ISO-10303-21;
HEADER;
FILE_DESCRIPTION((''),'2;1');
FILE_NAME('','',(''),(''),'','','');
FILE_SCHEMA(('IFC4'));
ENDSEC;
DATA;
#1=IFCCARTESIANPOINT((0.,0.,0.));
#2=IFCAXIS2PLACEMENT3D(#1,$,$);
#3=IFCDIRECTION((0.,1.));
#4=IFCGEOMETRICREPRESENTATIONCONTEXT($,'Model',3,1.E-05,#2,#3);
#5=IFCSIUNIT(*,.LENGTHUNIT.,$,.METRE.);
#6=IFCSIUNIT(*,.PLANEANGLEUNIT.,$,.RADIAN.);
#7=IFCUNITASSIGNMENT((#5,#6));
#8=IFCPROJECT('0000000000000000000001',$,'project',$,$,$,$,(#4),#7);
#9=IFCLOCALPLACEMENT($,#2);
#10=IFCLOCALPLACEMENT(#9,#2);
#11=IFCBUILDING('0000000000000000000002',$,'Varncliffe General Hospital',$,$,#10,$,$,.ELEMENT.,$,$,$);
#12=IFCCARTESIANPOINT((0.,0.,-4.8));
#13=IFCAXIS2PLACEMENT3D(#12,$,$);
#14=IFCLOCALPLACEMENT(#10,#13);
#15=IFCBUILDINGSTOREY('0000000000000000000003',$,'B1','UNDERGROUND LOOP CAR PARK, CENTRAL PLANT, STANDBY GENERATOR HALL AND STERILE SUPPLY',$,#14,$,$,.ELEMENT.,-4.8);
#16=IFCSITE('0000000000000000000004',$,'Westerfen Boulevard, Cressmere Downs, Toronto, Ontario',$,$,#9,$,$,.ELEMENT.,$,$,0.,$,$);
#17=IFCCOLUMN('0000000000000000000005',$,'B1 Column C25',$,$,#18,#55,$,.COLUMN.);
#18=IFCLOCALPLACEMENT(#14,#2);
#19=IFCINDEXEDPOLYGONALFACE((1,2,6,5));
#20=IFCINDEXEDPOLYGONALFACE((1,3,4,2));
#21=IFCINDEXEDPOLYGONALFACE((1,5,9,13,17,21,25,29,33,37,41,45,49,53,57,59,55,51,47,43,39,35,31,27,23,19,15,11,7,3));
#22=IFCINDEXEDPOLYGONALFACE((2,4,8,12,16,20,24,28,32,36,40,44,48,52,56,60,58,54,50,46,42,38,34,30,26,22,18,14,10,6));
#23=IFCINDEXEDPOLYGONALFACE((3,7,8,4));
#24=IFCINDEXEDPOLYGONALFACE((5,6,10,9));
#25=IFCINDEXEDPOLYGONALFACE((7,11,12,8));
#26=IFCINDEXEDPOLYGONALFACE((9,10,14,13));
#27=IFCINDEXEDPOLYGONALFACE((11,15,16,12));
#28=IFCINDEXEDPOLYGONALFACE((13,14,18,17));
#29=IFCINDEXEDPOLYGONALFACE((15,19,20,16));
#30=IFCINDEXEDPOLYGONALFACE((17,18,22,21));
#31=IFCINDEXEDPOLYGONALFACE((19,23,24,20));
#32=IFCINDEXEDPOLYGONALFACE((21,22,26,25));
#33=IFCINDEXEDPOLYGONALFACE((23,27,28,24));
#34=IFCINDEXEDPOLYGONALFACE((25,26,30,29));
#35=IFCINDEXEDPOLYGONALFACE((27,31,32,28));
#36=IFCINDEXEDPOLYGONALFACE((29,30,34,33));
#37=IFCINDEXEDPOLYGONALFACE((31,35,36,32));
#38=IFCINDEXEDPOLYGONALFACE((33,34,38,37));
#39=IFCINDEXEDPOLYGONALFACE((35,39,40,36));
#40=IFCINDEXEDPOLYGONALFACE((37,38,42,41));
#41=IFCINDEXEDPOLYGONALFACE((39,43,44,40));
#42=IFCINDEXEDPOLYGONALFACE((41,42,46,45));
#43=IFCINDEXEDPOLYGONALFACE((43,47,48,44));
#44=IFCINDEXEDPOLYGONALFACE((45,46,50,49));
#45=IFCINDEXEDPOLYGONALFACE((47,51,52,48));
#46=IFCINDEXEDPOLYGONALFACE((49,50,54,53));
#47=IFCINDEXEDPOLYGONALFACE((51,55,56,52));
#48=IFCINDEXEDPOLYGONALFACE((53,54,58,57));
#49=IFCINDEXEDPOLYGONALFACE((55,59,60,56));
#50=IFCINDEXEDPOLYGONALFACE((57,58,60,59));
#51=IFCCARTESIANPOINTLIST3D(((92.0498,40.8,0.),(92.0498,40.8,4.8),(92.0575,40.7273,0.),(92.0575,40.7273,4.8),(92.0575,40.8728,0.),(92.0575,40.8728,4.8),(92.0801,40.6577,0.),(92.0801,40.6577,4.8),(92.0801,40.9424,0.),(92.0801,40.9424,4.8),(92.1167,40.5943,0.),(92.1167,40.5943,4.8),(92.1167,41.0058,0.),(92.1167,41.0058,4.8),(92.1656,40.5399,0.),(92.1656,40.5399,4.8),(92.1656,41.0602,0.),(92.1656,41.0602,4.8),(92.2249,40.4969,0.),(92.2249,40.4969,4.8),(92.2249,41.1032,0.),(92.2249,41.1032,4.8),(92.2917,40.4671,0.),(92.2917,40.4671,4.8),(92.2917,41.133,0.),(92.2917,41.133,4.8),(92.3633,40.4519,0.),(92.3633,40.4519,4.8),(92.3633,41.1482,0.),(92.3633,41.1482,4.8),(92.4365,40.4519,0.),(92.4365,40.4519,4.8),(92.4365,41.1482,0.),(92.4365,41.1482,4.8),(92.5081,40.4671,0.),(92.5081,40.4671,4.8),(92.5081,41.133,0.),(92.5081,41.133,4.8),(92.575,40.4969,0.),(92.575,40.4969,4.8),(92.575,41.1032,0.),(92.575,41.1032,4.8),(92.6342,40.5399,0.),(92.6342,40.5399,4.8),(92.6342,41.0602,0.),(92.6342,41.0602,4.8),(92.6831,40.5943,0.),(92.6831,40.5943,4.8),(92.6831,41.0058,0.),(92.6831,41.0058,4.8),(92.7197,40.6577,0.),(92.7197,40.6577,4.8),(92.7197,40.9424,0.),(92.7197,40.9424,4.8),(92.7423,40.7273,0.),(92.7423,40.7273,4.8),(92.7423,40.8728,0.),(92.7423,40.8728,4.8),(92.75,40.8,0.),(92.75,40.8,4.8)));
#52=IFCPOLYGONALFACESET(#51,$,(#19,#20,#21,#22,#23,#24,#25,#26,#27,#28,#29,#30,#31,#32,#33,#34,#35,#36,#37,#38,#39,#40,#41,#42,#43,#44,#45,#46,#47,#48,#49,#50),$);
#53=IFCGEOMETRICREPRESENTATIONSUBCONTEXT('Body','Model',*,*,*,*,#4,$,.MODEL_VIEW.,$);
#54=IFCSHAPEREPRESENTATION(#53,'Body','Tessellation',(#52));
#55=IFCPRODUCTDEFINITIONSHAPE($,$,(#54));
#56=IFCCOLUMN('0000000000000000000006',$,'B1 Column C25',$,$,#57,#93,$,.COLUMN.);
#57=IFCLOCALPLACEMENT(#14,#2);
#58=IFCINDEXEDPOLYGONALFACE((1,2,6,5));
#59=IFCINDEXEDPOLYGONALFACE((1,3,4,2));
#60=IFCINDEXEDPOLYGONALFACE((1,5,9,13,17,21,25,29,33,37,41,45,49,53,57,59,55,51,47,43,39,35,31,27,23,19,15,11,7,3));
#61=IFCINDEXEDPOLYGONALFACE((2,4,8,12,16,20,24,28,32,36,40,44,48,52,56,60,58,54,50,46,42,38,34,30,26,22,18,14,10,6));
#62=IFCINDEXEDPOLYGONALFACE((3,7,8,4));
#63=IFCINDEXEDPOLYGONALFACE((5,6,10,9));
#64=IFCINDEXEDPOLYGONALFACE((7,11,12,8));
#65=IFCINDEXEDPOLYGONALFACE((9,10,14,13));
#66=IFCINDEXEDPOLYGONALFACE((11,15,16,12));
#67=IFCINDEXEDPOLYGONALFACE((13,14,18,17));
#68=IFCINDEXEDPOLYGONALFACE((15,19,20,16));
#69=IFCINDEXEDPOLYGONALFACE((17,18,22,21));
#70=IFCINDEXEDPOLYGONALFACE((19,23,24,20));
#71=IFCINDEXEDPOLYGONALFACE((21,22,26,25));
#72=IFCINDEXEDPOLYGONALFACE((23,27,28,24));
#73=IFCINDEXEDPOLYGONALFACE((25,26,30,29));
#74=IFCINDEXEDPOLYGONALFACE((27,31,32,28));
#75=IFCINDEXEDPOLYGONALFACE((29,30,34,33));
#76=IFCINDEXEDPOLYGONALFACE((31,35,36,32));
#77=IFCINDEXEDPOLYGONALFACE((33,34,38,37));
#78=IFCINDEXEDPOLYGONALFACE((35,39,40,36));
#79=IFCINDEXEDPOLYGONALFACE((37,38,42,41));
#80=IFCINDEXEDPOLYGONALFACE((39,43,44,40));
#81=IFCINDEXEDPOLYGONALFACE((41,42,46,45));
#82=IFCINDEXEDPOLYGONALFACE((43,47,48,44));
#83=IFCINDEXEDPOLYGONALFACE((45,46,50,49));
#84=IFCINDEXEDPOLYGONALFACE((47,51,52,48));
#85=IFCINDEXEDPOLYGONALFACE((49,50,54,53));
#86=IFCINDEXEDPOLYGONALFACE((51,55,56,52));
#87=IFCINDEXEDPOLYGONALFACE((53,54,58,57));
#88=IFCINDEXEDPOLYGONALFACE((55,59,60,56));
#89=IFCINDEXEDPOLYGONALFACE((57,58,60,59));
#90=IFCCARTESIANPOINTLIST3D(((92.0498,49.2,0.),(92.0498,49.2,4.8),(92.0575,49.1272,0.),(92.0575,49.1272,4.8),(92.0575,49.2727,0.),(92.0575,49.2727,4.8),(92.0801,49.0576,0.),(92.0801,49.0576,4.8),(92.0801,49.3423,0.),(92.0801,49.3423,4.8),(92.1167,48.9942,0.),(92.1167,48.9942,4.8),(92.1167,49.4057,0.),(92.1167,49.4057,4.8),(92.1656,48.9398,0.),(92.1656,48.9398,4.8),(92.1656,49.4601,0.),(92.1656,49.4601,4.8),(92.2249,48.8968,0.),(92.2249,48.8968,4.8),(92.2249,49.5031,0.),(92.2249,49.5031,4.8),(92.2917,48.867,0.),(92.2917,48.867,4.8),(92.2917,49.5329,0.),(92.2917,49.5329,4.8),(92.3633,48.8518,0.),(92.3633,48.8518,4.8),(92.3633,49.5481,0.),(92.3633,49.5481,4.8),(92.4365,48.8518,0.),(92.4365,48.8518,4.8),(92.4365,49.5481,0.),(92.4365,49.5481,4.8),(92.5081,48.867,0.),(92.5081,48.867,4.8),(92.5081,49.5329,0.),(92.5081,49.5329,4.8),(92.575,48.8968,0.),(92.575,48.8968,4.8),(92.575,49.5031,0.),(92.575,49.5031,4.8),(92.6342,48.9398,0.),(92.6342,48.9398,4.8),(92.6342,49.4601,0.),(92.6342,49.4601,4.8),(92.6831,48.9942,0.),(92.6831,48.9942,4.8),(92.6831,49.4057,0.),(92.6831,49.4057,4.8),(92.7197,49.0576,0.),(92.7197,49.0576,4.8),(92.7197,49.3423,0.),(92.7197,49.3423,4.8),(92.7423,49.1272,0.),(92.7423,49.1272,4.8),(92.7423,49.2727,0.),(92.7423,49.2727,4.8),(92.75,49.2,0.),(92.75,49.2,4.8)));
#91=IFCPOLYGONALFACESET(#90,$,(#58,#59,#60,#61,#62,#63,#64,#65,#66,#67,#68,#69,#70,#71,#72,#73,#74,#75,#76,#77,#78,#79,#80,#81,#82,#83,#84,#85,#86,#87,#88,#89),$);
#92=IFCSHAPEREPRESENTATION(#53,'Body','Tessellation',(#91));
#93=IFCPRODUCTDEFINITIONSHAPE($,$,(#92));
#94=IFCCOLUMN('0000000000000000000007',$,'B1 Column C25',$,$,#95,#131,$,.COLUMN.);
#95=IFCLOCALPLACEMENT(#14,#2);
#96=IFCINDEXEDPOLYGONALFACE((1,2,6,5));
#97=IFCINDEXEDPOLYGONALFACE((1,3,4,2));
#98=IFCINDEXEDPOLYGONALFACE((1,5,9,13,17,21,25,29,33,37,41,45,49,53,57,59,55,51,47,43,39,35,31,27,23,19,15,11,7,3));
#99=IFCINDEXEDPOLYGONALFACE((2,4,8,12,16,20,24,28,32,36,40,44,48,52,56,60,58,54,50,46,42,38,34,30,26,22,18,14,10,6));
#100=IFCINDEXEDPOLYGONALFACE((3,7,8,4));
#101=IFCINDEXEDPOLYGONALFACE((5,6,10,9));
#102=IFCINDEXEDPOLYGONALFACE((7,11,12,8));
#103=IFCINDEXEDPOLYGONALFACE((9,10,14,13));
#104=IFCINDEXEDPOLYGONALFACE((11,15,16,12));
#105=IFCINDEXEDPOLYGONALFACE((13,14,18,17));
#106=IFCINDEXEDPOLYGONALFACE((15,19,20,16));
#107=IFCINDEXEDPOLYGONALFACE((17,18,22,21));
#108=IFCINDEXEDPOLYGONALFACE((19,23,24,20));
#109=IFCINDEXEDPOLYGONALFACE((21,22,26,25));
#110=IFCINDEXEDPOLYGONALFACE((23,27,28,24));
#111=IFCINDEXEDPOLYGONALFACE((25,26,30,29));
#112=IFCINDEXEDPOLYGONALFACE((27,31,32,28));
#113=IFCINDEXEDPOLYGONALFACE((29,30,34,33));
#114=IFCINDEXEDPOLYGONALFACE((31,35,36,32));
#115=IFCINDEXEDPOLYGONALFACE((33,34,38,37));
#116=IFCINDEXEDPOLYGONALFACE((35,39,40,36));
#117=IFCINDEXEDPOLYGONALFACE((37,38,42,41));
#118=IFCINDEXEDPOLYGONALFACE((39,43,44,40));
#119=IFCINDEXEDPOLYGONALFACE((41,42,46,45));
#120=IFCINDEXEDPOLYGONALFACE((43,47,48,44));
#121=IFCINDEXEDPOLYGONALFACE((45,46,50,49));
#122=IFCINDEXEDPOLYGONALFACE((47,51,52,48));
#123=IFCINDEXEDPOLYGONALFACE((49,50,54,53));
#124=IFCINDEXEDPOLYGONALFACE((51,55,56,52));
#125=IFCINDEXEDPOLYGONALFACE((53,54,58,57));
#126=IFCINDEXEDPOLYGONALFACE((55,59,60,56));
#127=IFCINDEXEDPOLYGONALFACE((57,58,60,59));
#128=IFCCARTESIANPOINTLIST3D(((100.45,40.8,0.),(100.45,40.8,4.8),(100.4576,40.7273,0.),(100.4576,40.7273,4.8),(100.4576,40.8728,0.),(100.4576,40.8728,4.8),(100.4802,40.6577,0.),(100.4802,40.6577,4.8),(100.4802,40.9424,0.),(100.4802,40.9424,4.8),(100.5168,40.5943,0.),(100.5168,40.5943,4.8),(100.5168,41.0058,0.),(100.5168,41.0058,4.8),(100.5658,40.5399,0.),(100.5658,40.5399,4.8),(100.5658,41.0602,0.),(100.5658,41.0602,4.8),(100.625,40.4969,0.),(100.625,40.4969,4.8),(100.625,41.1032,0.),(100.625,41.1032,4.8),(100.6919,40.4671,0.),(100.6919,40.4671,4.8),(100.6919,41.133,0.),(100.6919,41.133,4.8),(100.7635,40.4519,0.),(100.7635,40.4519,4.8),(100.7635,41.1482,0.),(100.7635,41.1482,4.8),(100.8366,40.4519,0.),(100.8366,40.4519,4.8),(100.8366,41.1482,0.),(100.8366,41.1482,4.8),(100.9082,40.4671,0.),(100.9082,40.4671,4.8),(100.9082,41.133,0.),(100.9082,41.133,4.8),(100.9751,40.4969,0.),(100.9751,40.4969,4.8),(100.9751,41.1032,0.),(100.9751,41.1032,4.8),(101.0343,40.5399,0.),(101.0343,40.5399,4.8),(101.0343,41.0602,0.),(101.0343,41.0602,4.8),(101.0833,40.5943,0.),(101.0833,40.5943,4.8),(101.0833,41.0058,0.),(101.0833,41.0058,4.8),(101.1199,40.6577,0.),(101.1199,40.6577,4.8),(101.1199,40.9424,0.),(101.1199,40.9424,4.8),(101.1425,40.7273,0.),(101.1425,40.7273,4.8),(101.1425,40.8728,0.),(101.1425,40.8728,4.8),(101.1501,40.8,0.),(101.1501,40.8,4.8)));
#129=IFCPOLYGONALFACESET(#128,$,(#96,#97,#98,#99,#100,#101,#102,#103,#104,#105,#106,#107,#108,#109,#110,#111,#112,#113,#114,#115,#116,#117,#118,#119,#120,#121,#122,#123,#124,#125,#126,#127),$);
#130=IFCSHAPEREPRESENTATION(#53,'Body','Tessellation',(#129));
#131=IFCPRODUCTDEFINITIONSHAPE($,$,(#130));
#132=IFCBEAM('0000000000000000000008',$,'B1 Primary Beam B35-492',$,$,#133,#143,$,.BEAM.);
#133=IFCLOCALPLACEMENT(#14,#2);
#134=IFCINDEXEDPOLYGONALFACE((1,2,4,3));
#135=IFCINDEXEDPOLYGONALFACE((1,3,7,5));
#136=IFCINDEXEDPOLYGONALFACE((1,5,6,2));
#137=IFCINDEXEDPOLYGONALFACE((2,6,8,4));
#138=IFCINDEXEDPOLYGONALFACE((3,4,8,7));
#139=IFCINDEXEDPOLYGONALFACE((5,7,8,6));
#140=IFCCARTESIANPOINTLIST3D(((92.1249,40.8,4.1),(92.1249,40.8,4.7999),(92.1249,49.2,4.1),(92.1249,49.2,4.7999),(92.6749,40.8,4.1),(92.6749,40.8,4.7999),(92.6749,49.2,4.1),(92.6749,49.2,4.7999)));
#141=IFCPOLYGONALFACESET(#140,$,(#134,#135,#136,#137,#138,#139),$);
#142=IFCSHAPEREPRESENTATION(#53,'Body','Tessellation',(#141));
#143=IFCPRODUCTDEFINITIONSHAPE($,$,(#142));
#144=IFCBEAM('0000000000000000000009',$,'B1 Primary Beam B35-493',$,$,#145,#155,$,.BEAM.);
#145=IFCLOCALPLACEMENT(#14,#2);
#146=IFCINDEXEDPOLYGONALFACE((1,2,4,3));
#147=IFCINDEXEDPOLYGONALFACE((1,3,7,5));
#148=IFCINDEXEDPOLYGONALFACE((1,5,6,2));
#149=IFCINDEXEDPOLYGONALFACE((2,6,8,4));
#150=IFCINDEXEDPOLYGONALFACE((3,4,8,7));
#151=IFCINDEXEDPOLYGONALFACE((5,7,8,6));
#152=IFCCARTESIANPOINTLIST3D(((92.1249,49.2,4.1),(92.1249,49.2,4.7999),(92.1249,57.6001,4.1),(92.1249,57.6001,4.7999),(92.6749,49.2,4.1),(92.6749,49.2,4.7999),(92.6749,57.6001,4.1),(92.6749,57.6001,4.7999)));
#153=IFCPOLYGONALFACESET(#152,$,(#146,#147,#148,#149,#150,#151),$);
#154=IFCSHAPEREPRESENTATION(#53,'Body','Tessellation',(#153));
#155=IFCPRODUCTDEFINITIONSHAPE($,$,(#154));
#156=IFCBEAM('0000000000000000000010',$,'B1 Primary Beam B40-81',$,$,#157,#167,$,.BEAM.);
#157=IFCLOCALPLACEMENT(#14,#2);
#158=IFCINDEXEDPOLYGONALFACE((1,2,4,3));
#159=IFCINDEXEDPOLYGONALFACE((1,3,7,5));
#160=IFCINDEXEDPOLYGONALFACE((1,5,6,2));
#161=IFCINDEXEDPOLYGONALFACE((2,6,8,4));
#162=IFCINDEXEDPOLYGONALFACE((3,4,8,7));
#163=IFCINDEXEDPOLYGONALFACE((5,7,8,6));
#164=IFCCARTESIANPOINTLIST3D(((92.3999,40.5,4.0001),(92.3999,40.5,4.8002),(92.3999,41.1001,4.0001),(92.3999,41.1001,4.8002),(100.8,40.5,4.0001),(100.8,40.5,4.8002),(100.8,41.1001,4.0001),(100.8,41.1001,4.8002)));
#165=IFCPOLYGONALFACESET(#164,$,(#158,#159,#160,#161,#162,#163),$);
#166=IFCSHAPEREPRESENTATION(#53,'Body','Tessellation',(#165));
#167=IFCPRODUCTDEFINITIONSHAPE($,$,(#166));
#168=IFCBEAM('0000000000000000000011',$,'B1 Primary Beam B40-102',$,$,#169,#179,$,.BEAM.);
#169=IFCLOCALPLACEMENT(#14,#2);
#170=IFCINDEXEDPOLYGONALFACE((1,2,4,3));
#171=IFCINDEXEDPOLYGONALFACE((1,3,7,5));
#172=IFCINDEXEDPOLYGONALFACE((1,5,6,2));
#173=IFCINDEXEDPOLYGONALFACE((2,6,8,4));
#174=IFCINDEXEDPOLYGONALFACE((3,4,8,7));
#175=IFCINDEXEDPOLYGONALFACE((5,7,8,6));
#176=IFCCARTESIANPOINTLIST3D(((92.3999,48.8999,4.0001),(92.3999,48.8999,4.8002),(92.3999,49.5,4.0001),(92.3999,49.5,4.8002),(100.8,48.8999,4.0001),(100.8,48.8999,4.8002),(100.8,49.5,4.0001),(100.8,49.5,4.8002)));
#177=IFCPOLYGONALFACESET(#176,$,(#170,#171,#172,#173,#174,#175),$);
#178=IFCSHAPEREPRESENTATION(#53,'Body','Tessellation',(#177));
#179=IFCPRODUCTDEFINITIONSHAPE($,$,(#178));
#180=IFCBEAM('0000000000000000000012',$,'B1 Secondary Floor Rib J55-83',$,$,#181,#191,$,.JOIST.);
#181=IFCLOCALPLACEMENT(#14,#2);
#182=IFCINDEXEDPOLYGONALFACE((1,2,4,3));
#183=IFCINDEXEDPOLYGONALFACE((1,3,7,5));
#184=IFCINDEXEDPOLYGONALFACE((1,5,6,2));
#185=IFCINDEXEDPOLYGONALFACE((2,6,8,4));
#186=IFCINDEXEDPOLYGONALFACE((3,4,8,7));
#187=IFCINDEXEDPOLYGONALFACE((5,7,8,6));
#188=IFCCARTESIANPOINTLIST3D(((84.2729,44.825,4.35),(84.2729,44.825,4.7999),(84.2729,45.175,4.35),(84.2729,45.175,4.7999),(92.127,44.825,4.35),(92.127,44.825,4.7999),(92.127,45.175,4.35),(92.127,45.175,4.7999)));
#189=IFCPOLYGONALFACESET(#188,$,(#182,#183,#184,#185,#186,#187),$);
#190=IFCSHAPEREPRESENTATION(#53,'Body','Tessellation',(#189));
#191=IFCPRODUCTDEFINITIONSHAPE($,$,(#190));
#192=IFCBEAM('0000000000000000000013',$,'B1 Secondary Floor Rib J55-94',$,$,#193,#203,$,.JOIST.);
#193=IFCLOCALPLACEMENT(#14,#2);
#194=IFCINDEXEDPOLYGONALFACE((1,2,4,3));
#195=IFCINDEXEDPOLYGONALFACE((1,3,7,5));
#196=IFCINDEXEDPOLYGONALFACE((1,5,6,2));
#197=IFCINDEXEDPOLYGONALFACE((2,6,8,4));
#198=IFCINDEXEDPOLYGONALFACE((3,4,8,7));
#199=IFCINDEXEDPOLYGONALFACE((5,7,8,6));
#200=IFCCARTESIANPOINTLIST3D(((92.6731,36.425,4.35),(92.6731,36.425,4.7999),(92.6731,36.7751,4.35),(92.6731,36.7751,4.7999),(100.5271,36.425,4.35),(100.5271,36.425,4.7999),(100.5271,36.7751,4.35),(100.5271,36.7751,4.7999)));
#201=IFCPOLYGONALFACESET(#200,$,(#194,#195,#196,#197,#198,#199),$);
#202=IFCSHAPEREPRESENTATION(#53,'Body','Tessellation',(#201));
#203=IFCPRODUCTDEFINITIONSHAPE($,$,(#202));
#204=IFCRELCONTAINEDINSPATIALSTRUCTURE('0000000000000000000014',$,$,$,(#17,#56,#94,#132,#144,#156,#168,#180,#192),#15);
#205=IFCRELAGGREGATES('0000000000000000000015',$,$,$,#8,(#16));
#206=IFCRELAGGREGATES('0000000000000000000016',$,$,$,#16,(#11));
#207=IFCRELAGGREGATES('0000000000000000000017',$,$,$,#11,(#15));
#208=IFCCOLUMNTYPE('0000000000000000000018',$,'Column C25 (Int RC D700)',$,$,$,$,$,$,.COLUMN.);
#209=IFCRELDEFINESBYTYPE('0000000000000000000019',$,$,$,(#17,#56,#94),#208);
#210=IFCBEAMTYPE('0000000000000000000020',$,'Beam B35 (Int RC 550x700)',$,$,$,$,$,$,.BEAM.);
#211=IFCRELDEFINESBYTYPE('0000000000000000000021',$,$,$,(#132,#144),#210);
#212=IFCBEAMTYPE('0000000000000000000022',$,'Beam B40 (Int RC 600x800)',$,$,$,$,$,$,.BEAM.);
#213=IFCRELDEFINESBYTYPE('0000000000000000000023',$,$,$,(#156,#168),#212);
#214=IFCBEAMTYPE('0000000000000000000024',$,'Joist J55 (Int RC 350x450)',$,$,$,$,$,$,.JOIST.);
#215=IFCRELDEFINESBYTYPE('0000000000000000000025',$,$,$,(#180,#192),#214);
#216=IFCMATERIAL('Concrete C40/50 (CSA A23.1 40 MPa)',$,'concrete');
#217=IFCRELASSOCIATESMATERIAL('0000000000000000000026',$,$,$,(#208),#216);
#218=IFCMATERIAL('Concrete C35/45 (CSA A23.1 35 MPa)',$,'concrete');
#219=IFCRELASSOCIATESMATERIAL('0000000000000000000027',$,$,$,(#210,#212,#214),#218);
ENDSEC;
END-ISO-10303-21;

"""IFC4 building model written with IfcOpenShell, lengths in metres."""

from ifc_helpers import new_model, si_unit, direction, frame, origin, origin_2d, place, context, subcontext, project, spatial, rectangle, circle, extrude, material, material_profile, profile_set, type_object, element, save


model = new_model("IFC4")

# Units and contexts
model_context = context("Model", 3, precision=1e-05, world=origin(), true_north=direction((0.0, 1.0)))
body_context = subcontext(model_context, "Body", "Model", "MODEL_VIEW")
ifc_project = project(units=[si_unit("LENGTHUNIT", "METRE"), si_unit("PLANEANGLEUNIT", "RADIAN")], contexts=[model_context])

# Site, building, storey
site_placement = place(None, origin())
site = spatial("IfcSite", under=ifc_project, at=site_placement, Name="Westerfen Boulevard, Cressmere Downs, Toronto, Ontario", CompositionType="ELEMENT", RefElevation=0.0)
building_placement = place(site_placement, origin())
building = spatial("IfcBuilding", under=site, at=building_placement, Name="Varncliffe General Hospital", CompositionType="ELEMENT")
storey_placement = place(building_placement, frame((0.0, 0.0, -4.8)))
storey = spatial("IfcBuildingStorey", under=building, at=storey_placement, Name="B1", Description="UNDERGROUND LOOP CAR PARK, CENTRAL PLANT, STANDBY GENERATOR HALL AND STERILE SUPPLY", CompositionType="ELEMENT", Elevation=-4.8)

# Shared definitions
ifc_material_1 = material(Name="Concrete C40/50 (CSA A23.1 40 MPa)", Category="concrete")

# Columns
ifc_material_profile_1 = material_profile(ifc_material_1, circle(Radius=0.3501, at=origin_2d()), Name="RC D700")
ifc_profile_set_1 = profile_set([ifc_material_profile_1], Name="Concrete C40/50 (CSA A23.1 40 MPa)")
column_type = type_object("IfcColumnType", Name="Column C25 (Int RC D700)", PredefinedType="COLUMN", material=ifc_profile_set_1)
for number, where, z_axis, x_axis, name in (
    (1, (92.3999, 40.8, 0.0), (0.0, 0.0, 1.0), (1.0, 0.0, 0.0), "B1 Column C25"),
    (2, (92.3999, 49.2, 0.0), (0.0, 0.0, 1.0), (1.0, 0.0, 0.0), "B1 Column C25"),
    (3, (100.8, 40.8, 0.0), (0.0, 0.0, 1.0), (1.0, 0.0, 0.0), "B1 Column C25"),
):
    element("IfcColumn", number, at=place(storey_placement, frame(where, z_axis=z_axis, x_axis=x_axis)), inside=storey, type_object=column_type, Name=name, PredefinedType="COLUMN", context=body_context, shape_type="SweptSolid", body=[
        extrude(circle(Radius=0.3501, at=origin_2d()), origin(), (0.0, 0.0, 1.0), 4.8),
    ])

# Beams
ifc_material_2 = material(Name="Concrete C35/45 (CSA A23.1 35 MPa)", Category="concrete")
ifc_material_profile_2 = material_profile(ifc_material_2, rectangle(XDim=0.55, YDim=0.7, at=origin_2d()), Name="RC 550x700")
ifc_profile_set_2 = profile_set([ifc_material_profile_2], Name="Concrete C35/45 (CSA A23.1 35 MPa)")
beam_type_1 = type_object("IfcBeamType", Name="Beam B35 (Int RC 550x700)", PredefinedType="BEAM", material=ifc_profile_set_2)
beam_1_placement = place(storey_placement, frame((92.3999, 40.8, 4.45), z_axis=(0.0, 1.0, 0.0), x_axis=(-1.0, 0.0, 0.0)))
element("IfcBeam", 4, at=beam_1_placement, inside=storey, type_object=beam_type_1, Name="B1 Primary Beam B35-492", PredefinedType="BEAM", context=body_context, shape_type="SweptSolid", body=[
    extrude(rectangle(XDim=0.55, YDim=0.7, at=origin_2d()), origin(), (0.0, 0.0, 1.0), 8.3999),
])
beam_2_placement = place(storey_placement, frame((92.3999, 49.2, 4.45), z_axis=(0.0, 1.0, 0.0), x_axis=(-1.0, 0.0, 0.0)))
element("IfcBeam", 5, at=beam_2_placement, inside=storey, type_object=beam_type_1, Name="B1 Primary Beam B35-493", PredefinedType="BEAM", context=body_context, shape_type="SweptSolid", body=[
    extrude(rectangle(XDim=0.55, YDim=0.7, at=origin_2d()), origin(), (0.0, 0.0, 1.0), 8.4001),
])
ifc_material_profile_3 = material_profile(ifc_material_2, rectangle(XDim=0.6001, YDim=0.8, at=origin_2d()), Name="RC 600x800")
ifc_profile_set_3 = profile_set([ifc_material_profile_3], Name="Concrete C35/45 (CSA A23.1 35 MPa)")
beam_type_2 = type_object("IfcBeamType", Name="Beam B40 (Int RC 600x800)", PredefinedType="BEAM", material=ifc_profile_set_3)
for number, where, z_axis, x_axis, name in (
    (6, (92.3999, 40.8, 4.4001), (1.0, 0.0, 0.0), (0.0, 1.0, 0.0), "B1 Primary Beam B40-81"),
    (7, (92.3999, 49.2, 4.4001), (1.0, 0.0, 0.0), (0.0, 1.0, 0.0), "B1 Primary Beam B40-102"),
):
    element("IfcBeam", number, at=place(storey_placement, frame(where, z_axis=z_axis, x_axis=x_axis)), inside=storey, type_object=beam_type_2, Name=name, PredefinedType="BEAM", context=body_context, shape_type="SweptSolid", body=[
        extrude(rectangle(XDim=0.6001, YDim=0.8, at=origin_2d()), origin(), (0.0, 0.0, 1.0), 8.4001),
    ])
ifc_material_profile_4 = material_profile(ifc_material_2, rectangle(XDim=0.3501, YDim=0.45, at=origin_2d()), Name="RC 350x450")
ifc_profile_set_4 = profile_set([ifc_material_profile_4], Name="Concrete C35/45 (CSA A23.1 35 MPa)")
beam_type_3 = type_object("IfcBeamType", Name="Joist J55 (Int RC 350x450)", PredefinedType="JOIST", material=ifc_profile_set_4)
for number, where, z_axis, x_axis, name in (
    (8, (84.2729, 45.0, 4.575), (1.0, 0.0, 0.0), (0.0, 1.0, 0.0), "B1 Secondary Floor Rib J55-83"),
    (9, (92.6731, 36.6001, 4.575), (1.0, 0.0, 0.0), (0.0, 1.0, 0.0), "B1 Secondary Floor Rib J55-94"),
):
    element("IfcBeam", number, at=place(storey_placement, frame(where, z_axis=z_axis, x_axis=x_axis)), inside=storey, type_object=beam_type_3, Name=name, PredefinedType="JOIST", context=body_context, shape_type="SweptSolid", body=[
        extrude(rectangle(XDim=0.3501, YDim=0.45, at=origin_2d()), origin(), (0.0, 0.0, 1.0), 7.854),
    ])

save(model, "model.ifc")
